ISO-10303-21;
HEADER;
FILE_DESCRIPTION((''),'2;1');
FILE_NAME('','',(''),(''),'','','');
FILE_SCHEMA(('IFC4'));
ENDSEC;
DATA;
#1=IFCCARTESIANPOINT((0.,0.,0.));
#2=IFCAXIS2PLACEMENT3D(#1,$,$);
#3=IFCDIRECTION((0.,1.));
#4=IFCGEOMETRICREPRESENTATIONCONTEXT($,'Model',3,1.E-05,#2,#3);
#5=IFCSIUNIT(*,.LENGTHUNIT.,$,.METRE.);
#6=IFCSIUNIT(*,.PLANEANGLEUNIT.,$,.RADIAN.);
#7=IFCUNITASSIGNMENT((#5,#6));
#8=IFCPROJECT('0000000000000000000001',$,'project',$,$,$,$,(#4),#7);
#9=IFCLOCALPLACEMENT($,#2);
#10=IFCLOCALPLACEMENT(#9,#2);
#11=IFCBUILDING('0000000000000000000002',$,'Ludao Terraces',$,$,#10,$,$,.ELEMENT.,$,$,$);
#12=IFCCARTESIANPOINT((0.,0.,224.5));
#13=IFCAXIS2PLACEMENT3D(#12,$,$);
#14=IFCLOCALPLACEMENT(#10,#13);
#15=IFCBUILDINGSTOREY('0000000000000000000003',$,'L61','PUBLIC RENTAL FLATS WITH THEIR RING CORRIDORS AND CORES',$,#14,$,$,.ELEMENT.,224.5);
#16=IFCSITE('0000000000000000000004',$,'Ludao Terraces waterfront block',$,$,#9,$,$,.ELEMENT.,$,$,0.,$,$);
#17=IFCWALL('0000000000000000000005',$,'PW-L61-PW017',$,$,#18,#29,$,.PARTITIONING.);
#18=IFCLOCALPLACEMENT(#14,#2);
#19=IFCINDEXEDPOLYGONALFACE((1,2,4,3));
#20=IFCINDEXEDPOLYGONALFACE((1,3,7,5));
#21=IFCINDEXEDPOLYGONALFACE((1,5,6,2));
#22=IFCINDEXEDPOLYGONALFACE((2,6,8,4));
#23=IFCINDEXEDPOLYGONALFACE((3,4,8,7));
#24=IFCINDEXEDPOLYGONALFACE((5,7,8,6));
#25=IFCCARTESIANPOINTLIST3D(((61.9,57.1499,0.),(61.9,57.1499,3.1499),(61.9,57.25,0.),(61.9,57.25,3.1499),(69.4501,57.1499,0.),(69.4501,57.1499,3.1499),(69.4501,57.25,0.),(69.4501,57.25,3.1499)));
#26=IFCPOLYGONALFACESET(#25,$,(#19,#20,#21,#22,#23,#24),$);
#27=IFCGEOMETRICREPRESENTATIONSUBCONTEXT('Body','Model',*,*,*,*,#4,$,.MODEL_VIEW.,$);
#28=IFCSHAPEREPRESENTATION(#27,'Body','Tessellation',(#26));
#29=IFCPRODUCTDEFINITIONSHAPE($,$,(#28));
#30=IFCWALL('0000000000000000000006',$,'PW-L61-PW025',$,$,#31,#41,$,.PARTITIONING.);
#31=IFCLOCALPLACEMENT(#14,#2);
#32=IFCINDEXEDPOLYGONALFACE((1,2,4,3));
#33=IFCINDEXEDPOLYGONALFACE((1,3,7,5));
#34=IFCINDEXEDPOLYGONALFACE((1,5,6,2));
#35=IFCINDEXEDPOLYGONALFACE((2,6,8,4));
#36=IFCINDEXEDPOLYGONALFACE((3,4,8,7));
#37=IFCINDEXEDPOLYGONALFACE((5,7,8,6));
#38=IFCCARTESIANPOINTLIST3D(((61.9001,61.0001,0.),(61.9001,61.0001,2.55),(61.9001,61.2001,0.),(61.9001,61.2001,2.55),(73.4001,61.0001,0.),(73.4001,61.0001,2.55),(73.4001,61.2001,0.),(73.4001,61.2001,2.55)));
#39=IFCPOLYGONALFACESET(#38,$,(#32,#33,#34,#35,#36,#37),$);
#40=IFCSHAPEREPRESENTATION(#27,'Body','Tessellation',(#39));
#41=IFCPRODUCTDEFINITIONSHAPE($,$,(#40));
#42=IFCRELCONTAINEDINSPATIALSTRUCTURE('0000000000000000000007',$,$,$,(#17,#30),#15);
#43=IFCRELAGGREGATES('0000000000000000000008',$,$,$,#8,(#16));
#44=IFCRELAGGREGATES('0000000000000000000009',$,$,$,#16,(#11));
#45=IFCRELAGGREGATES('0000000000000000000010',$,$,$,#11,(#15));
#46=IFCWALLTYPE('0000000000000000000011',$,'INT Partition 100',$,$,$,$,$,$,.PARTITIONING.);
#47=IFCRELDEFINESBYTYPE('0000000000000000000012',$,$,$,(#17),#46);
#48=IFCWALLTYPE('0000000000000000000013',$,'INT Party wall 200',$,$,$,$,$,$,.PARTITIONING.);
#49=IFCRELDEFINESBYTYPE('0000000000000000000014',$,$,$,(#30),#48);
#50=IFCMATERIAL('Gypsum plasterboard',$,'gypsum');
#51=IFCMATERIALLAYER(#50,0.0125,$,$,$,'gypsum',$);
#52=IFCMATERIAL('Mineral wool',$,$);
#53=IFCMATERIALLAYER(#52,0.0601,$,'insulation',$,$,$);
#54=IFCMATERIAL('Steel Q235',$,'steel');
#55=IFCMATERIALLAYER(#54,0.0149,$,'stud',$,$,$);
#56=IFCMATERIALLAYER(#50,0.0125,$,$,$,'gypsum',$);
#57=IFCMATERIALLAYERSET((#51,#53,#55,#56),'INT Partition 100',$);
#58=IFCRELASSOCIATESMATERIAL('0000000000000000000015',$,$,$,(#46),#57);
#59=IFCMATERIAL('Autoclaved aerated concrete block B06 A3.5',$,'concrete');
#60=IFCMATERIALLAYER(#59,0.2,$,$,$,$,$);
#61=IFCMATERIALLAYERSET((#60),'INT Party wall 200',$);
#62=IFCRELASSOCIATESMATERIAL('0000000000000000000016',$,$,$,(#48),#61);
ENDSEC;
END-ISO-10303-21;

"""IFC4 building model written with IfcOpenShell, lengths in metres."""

from ifc_helpers import new_model, si_unit, direction, frame, frame_2d, origin, place, context, subcontext, project, spatial, rectangle, extrude, material, layer, layer_set, type_object, element, save


model = new_model("IFC4")

# Units and contexts
model_context = context("Model", 3, precision=1e-05, world=origin(), true_north=direction((0.0, 1.0)))
body_context = subcontext(model_context, "Body", "Model", "MODEL_VIEW")
ifc_project = project(units=[si_unit("LENGTHUNIT", "METRE"), si_unit("PLANEANGLEUNIT", "RADIAN")], contexts=[model_context])

# Site, building, storey
site_placement = place(None, origin())
site = spatial("IfcSite", under=ifc_project, at=site_placement, Name="Ludao Terraces waterfront block", CompositionType="ELEMENT", RefElevation=0.0)
building_placement = place(site_placement, origin())
building = spatial("IfcBuilding", under=site, at=building_placement, Name="Ludao Terraces", CompositionType="ELEMENT")
storey_placement = place(building_placement, frame((0.0, 0.0, 224.5)))
storey = spatial("IfcBuildingStorey", under=building, at=storey_placement, Name="L61", Description="PUBLIC RENTAL FLATS WITH THEIR RING CORRIDORS AND CORES", CompositionType="ELEMENT", Elevation=224.5)

# Shared definitions
ifc_material_1 = material(Name="Mineral wool")

# Shared definitions
ifc_material_2 = material(Name="Gypsum plasterboard", Category="gypsum")
ifc_layer_1 = layer(ifc_material_2, 0.0125, Category="gypsum")
ifc_layer_2 = layer(ifc_material_1, 0.0601, Name="insulation")
ifc_material_3 = material(Name="Steel Q235", Category="steel")
ifc_layer_3 = layer(ifc_material_3, 0.0149, Name="stud")
ifc_layer_4 = layer(ifc_material_2, 0.0125, Category="gypsum")
ifc_layer_set_1 = layer_set([ifc_layer_1, ifc_layer_2, ifc_layer_3, ifc_layer_4], Name="INT Partition 100")
wall_type_1 = type_object("IfcWallType", Name="INT Partition 100", PredefinedType="PARTITIONING", material=ifc_layer_set_1)

# Walls
for number, where, z_axis, x_axis, name in (
    (1, (61.9001, 57.2, 0.0), (0.0, 0.0, 1.0), (1.0, 0.0, 0.0), "PW-L61-PW017"),
):
    element("IfcWall", number, at=place(storey_placement, frame(where, z_axis=z_axis, x_axis=x_axis)), inside=storey, type_object=wall_type_1, Name=name, PredefinedType="PARTITIONING", context=body_context, shape_type="SweptSolid", body=[
        extrude(rectangle(XDim=7.55, YDim=0.1001, at=frame_2d((3.7749, 0.0))), origin(), (0.0, 0.0, 1.0), 3.1499),
    ])
ifc_material_4 = material(Name="Autoclaved aerated concrete block B06 A3.5", Category="concrete")
ifc_layer_5 = layer(ifc_material_4, 0.2)
ifc_layer_set_2 = layer_set([ifc_layer_5], Name="INT Party wall 200")
wall_type_2 = type_object("IfcWallType", Name="INT Party wall 200", PredefinedType="PARTITIONING", material=ifc_layer_set_2)
wall_1_placement = place(storey_placement, frame((61.9001, 61.1001, 0.0), z_axis=(0.0, 0.0, 1.0), x_axis=(1.0, 0.0, 0.0)))
element("IfcWall", 2, at=wall_1_placement, inside=storey, type_object=wall_type_2, Name="PW-L61-PW025", PredefinedType="PARTITIONING", context=body_context, shape_type="SweptSolid", body=[
    extrude(rectangle(XDim=11.5, YDim=0.2, at=frame_2d((5.75, 0.0))), origin(), (0.0, 0.0, 1.0), 2.55),
])

save(model, "model.ifc")
